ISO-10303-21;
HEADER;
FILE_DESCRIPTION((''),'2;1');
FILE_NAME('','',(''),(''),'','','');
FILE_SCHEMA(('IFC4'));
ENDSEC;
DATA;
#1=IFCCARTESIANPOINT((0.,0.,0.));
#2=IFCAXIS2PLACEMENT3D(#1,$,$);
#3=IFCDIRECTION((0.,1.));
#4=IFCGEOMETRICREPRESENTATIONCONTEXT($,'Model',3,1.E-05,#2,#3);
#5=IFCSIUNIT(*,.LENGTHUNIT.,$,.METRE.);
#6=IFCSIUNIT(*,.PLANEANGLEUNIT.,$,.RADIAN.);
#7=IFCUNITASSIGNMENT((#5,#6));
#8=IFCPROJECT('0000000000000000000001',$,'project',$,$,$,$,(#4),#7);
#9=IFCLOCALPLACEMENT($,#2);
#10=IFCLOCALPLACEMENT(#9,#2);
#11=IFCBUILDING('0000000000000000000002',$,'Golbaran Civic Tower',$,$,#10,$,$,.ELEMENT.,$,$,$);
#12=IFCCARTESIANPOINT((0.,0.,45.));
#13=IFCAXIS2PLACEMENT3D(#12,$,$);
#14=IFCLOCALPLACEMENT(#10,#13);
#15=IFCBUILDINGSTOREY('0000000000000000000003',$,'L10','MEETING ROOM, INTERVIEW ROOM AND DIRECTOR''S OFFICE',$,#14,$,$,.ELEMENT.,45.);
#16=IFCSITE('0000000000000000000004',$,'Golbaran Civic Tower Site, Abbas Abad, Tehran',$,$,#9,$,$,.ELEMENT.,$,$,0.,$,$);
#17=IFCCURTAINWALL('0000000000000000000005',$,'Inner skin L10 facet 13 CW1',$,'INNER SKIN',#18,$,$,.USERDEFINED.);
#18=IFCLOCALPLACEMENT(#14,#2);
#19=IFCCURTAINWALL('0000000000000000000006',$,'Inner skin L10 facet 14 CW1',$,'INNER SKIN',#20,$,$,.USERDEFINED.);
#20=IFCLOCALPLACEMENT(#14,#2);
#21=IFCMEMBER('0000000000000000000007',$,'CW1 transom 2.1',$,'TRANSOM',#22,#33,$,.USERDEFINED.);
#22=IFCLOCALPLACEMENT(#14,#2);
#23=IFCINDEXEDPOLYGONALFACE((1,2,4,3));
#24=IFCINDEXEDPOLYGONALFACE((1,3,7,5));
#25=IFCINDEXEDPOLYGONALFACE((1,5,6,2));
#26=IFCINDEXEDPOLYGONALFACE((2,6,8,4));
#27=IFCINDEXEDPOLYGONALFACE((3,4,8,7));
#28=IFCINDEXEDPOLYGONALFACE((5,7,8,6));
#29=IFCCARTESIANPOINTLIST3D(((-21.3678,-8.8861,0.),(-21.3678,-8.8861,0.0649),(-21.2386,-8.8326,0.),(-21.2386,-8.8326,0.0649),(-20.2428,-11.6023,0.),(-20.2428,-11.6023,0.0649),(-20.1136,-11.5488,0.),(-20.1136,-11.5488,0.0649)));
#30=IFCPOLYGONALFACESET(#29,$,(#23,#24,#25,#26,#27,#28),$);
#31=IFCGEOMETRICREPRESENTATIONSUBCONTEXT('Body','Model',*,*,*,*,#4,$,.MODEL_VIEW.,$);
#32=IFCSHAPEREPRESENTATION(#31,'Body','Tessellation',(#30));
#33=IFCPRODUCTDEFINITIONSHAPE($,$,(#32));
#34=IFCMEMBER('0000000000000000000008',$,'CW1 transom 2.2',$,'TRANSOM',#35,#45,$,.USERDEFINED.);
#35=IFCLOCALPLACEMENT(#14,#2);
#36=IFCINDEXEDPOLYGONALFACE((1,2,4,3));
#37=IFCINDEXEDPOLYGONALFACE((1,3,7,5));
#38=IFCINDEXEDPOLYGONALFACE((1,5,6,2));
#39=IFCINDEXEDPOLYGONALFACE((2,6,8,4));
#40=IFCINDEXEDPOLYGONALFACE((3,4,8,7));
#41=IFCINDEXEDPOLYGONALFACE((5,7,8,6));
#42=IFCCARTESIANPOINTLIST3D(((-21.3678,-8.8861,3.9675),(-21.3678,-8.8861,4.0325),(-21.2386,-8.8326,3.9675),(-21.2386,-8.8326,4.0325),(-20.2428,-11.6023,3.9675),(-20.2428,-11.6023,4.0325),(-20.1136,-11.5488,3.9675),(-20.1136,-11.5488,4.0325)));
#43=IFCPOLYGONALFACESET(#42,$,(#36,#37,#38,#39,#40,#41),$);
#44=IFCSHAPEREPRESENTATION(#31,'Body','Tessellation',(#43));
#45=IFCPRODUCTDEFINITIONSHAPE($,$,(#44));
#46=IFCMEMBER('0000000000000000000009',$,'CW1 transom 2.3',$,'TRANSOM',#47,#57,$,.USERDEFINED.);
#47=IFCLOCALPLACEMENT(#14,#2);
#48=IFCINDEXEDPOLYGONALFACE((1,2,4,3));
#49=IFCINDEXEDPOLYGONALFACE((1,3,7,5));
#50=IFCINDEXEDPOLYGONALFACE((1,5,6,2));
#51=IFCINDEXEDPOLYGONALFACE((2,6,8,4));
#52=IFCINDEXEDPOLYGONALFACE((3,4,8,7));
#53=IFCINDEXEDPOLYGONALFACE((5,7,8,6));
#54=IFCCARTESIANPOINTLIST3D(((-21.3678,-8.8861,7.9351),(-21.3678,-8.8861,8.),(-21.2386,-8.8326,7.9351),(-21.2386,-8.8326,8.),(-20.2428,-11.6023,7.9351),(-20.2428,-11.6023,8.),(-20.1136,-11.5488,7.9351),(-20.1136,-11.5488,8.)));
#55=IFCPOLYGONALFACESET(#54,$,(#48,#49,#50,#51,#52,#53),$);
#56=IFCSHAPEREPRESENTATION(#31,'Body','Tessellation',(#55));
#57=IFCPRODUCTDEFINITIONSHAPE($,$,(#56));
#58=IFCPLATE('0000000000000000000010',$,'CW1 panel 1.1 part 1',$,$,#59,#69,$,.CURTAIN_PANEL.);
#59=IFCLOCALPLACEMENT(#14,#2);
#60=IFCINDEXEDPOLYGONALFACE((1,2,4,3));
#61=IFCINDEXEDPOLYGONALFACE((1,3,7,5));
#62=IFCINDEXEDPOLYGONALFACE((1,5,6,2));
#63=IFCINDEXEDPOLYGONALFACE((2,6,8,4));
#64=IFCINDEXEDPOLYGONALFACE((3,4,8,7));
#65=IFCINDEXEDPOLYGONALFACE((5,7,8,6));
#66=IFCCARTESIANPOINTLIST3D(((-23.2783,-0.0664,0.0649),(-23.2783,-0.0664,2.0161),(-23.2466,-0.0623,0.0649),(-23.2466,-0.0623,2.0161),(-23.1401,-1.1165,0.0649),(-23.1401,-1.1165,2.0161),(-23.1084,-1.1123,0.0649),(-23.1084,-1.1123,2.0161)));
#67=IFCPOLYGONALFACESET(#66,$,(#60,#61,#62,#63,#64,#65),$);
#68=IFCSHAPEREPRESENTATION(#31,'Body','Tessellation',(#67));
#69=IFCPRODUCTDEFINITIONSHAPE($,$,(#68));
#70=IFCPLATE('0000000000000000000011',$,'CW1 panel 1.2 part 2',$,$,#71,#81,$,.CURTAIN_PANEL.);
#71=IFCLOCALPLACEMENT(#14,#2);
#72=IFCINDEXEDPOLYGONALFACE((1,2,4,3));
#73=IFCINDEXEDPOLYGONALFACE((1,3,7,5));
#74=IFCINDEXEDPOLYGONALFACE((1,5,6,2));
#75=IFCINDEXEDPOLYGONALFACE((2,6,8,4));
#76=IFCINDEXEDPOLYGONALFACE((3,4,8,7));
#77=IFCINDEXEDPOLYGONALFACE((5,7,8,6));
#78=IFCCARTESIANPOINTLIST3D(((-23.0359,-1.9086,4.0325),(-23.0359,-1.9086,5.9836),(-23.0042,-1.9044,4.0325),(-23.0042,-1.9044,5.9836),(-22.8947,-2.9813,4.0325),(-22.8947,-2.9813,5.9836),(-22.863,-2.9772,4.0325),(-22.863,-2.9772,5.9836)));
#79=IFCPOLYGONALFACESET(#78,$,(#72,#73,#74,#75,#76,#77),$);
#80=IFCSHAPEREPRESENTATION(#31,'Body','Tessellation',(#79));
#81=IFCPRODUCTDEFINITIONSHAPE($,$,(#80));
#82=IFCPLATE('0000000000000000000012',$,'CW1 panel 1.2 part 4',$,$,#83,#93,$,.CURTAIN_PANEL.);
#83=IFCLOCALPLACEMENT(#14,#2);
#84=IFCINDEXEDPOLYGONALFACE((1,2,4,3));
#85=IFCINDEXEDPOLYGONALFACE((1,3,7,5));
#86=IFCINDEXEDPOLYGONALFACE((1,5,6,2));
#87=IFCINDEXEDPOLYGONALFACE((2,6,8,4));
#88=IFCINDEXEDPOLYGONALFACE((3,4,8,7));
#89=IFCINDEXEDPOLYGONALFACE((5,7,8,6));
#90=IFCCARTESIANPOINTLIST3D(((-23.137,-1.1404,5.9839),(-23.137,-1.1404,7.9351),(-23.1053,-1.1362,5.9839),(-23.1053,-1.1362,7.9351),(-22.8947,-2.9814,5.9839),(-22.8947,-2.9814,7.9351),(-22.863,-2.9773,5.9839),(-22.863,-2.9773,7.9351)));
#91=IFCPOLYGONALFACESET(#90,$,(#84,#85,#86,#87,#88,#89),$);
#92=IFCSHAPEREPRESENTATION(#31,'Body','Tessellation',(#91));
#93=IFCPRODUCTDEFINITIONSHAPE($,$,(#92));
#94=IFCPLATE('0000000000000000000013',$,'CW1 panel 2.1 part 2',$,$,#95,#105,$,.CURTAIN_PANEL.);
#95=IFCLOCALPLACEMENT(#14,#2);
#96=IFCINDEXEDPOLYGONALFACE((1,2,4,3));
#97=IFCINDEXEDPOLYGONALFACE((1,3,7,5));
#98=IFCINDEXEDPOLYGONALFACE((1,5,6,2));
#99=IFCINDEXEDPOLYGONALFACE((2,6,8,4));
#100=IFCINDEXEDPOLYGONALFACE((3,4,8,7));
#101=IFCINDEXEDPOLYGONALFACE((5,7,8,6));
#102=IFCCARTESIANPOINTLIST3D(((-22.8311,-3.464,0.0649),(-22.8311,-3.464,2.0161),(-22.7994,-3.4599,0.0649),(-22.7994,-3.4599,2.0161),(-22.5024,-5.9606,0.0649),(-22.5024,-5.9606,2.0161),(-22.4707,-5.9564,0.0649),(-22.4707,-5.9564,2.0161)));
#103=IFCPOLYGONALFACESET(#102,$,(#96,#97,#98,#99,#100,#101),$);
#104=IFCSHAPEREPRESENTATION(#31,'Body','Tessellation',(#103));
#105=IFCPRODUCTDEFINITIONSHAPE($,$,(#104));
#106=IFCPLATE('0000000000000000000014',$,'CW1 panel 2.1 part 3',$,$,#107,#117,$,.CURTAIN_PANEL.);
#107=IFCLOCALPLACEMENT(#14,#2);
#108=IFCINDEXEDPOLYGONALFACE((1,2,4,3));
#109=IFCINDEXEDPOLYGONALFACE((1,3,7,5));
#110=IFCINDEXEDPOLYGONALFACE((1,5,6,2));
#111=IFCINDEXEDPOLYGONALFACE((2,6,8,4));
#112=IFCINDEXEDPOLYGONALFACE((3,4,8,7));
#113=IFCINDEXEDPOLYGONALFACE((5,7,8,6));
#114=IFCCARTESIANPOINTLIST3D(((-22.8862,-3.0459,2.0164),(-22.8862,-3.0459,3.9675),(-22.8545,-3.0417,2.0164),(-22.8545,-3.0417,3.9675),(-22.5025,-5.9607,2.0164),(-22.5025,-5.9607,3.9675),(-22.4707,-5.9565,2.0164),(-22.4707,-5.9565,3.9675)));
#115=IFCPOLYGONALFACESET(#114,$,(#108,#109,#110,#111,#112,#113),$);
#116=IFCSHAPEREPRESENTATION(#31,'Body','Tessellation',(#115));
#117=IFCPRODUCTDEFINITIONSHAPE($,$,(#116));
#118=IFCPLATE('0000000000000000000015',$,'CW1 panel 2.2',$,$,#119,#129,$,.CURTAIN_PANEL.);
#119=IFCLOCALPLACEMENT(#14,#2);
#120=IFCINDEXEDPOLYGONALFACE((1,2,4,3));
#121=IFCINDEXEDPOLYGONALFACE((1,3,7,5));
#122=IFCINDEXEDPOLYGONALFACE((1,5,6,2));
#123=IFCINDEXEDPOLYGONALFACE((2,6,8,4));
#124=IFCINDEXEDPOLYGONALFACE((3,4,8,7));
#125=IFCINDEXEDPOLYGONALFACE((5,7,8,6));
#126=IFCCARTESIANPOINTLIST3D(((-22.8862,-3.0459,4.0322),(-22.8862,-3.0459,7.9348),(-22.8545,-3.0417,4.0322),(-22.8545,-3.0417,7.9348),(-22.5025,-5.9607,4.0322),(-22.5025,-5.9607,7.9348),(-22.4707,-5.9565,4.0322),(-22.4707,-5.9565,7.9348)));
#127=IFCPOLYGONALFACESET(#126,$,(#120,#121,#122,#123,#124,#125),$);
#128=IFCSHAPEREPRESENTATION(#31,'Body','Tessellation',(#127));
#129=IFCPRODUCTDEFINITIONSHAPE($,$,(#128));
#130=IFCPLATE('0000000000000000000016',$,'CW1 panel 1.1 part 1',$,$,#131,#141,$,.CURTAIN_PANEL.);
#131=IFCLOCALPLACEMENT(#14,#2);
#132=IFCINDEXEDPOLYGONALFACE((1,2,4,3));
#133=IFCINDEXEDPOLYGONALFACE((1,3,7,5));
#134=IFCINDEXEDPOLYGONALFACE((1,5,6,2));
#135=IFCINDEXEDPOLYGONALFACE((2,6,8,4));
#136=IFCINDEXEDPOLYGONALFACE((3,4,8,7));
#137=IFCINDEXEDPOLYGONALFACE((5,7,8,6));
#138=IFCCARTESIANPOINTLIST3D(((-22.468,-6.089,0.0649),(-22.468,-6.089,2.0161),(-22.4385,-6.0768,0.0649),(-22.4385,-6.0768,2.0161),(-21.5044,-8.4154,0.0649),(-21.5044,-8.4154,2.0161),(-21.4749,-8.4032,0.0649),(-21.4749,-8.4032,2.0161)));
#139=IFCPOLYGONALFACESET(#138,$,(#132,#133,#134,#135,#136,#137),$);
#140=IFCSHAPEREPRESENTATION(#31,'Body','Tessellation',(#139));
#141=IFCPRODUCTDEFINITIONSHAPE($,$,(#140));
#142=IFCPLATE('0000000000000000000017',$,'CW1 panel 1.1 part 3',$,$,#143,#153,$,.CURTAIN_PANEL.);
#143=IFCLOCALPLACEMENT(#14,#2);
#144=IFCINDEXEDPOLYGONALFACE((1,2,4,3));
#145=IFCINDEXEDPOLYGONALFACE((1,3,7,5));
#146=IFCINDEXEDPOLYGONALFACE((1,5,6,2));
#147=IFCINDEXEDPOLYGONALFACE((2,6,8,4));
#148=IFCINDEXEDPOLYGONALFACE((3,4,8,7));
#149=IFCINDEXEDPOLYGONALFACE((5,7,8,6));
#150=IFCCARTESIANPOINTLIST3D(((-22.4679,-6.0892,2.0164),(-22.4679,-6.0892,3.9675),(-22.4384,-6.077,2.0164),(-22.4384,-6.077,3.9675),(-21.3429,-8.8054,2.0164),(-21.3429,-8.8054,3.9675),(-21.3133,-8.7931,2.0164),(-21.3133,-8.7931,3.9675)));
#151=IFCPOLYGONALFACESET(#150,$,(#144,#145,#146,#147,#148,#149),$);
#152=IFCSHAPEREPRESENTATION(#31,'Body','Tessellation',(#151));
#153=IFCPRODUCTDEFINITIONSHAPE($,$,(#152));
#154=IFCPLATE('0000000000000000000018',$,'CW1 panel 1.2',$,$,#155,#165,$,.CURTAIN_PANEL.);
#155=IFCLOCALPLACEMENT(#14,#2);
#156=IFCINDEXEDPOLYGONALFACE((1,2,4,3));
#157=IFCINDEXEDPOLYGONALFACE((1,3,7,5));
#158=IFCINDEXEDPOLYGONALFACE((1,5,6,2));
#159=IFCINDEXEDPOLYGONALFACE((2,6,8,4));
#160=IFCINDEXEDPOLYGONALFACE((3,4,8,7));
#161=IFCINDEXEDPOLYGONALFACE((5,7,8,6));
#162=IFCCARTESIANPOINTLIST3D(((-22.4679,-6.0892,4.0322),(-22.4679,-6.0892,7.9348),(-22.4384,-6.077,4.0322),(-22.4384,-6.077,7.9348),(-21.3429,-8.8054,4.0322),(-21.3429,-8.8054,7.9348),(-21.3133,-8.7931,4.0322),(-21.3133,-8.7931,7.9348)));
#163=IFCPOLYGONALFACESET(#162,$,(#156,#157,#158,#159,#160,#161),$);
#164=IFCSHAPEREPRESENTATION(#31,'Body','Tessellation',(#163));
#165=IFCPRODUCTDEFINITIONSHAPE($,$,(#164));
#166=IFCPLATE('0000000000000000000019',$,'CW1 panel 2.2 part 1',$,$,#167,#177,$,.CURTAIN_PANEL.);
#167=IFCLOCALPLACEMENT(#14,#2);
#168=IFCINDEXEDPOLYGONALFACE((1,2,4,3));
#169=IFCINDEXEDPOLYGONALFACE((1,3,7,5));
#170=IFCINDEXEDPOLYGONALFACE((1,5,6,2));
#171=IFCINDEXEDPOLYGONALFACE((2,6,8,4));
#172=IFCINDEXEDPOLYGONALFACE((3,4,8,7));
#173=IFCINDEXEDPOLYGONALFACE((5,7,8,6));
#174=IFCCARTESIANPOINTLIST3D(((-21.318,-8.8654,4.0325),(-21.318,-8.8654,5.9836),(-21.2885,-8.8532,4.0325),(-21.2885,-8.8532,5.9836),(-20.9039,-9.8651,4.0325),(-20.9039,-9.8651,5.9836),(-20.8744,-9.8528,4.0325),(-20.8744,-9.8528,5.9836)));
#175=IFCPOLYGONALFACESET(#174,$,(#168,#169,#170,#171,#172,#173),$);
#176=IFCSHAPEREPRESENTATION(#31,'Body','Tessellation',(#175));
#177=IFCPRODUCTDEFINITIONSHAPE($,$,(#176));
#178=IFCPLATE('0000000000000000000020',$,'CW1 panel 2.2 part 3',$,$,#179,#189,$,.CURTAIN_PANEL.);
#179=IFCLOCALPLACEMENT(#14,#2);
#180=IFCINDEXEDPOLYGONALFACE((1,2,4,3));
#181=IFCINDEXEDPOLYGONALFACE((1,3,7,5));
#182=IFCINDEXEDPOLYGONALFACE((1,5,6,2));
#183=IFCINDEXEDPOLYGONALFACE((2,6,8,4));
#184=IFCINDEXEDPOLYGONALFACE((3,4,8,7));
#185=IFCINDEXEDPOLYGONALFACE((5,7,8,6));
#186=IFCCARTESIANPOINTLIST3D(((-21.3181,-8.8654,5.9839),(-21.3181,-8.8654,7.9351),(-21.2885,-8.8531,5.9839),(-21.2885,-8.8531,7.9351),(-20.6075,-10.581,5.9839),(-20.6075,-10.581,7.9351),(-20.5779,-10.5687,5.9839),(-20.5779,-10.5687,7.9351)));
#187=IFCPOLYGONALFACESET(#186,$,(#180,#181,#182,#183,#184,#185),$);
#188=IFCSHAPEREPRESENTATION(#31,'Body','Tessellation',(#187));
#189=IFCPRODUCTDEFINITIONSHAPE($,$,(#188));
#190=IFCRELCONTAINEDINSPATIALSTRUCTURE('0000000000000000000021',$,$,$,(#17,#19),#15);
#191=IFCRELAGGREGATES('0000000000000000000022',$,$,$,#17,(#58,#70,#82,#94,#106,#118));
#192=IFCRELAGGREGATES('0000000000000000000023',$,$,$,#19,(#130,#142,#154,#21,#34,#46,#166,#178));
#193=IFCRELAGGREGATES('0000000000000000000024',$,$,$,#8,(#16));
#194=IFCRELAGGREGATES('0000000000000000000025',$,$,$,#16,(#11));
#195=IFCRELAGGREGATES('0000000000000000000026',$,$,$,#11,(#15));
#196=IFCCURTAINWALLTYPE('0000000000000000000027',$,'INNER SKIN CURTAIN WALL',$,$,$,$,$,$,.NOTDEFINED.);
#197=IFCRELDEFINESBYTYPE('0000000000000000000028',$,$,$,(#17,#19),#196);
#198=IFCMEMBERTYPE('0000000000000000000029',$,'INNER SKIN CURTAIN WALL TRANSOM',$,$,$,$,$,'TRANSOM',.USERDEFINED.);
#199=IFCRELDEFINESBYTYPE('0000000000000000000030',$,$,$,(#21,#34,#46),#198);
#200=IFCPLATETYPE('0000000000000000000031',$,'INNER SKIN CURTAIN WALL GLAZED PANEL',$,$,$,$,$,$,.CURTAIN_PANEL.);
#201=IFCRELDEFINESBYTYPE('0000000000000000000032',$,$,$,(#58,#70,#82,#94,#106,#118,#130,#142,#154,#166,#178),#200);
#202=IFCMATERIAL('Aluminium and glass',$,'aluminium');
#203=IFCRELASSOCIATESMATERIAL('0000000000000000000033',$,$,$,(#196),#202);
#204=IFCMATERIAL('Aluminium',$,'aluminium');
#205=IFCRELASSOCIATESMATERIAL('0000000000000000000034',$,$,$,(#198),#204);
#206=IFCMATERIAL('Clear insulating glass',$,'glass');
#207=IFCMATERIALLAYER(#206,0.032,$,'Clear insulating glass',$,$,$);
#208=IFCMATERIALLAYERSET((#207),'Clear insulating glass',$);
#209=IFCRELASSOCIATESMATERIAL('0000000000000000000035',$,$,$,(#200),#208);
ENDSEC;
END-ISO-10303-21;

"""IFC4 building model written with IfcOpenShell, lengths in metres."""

from ifc_helpers import new_model, si_unit, direction, frame, origin, origin_2d, place, context, subcontext, project, spatial, rectangle, extrude, material, layer, layer_set, material_profile, profile_set, type_object, element, aggregate, save


model = new_model("IFC4")

# Units and contexts
model_context = context("Model", 3, precision=1e-05, world=origin(), true_north=direction((0.0, 1.0)))
body_context = subcontext(model_context, "Body", "Model", "MODEL_VIEW")
ifc_project = project(units=[si_unit("LENGTHUNIT", "METRE"), si_unit("PLANEANGLEUNIT", "RADIAN")], contexts=[model_context])

# Site, building, storey
site_placement = place(None, origin())
site = spatial("IfcSite", under=ifc_project, at=site_placement, Name="Golbaran Civic Tower Site, Abbas Abad, Tehran", CompositionType="ELEMENT", RefElevation=0.0)
building_placement = place(site_placement, origin())
building = spatial("IfcBuilding", under=site, at=building_placement, Name="Golbaran Civic Tower", CompositionType="ELEMENT")
storey_placement = place(building_placement, frame((0.0, 0.0, 45.0)))
storey = spatial("IfcBuildingStorey", under=building, at=storey_placement, Name="L10", Description="MEETING ROOM, INTERVIEW ROOM AND DIRECTOR'S OFFICE", CompositionType="ELEMENT", Elevation=45.0)

# Curtain walls
ifc_material_1 = material(Name="Aluminium and glass", Category="aluminium")
curtain_wall_type = type_object("IfcCurtainWallType", Name="INNER SKIN CURTAIN WALL", PredefinedType="NOTDEFINED", material=ifc_material_1)
curtain_wall_1_placement = place(storey_placement, origin())
curtain_wall_1 = element("IfcCurtainWall", 1, at=curtain_wall_1_placement, inside=storey, type_object=curtain_wall_type, Name="Inner skin L10 facet 13 CW1", ObjectType="INNER SKIN", PredefinedType="USERDEFINED")
ifc_material_2 = material(Name="Aluminium", Category="aluminium")
curtain_wall_2_placement = place(storey_placement, origin())
curtain_wall_2 = element("IfcCurtainWall", 2, at=curtain_wall_2_placement, inside=storey, type_object=curtain_wall_type, Name="Inner skin L10 facet 14 CW1", ObjectType="INNER SKIN", PredefinedType="USERDEFINED")

# Members
ifc_material_profile_1 = material_profile(ifc_material_2, rectangle(XDim=0.1399, YDim=0.0649, at=origin_2d()), Name="INNER SKIN CURTAIN WALL TRANSOM")
ifc_profile_set_1 = profile_set([ifc_material_profile_1], Name="Aluminium")
member_type_1 = type_object("IfcMemberType", Name="INNER SKIN CURTAIN WALL TRANSOM", ElementType="TRANSOM", PredefinedType="USERDEFINED", material=ifc_profile_set_1)
member_1_placement = place(storey_placement, frame((-21.3032, -8.8594, 0.0325), z_axis=(0.382675, -0.923883, 0.0), x_axis=(0.923883, 0.382675, 0.0)))
member_1 = element("IfcMember", 3, at=member_1_placement, type_object=member_type_1, Name="CW1 transom 2.1", ObjectType="TRANSOM", PredefinedType="USERDEFINED", context=body_context, shape_type="SweptSolid", body=[
    extrude(rectangle(XDim=0.1399, YDim=0.0649, at=origin_2d()), origin(), (0.0, 0.0, 1.0), 2.9399),
])
member_2_placement = place(storey_placement, frame((-21.3032, -8.8594, 4.0), z_axis=(0.382675, -0.923883, 0.0), x_axis=(0.923883, 0.382675, 0.0)))
member_2 = element("IfcMember", 4, at=member_2_placement, type_object=member_type_1, Name="CW1 transom 2.2", ObjectType="TRANSOM", PredefinedType="USERDEFINED", context=body_context, shape_type="SweptSolid", body=[
    extrude(rectangle(XDim=0.1399, YDim=0.0649, at=origin_2d()), origin(), (0.0, 0.0, 1.0), 2.9399),
])
member_3_placement = place(storey_placement, frame((-21.3032, -8.8594, 7.9675), z_axis=(0.382675, -0.923883, 0.0), x_axis=(0.923883, 0.382675, 0.0)))
member_3 = element("IfcMember", 5, at=member_3_placement, type_object=member_type_1, Name="CW1 transom 2.3", ObjectType="TRANSOM", PredefinedType="USERDEFINED", context=body_context, shape_type="SweptSolid", body=[
    extrude(rectangle(XDim=0.1399, YDim=0.0649, at=origin_2d()), origin(), (0.0, 0.0, 1.0), 2.9399),
])

# Plates
ifc_material_3 = material(Name="Clear insulating glass", Category="glass")
ifc_layer_1 = layer(ifc_material_3, 0.032, Name="Clear insulating glass")
ifc_layer_set_1 = layer_set([ifc_layer_1], Name="Clear insulating glass")
plate_type_1 = type_object("IfcPlateType", Name="INNER SKIN CURTAIN WALL GLAZED PANEL", PredefinedType="CURTAIN_PANEL", material=ifc_layer_set_1)
plate_1_placement = place(storey_placement, frame((-23.1934, -0.5894, 0.0649), z_axis=(0.0, 0.0, 1.0), x_axis=(0.130526, -0.991445, 0.0)))
plate_1 = element("IfcPlate", 6, at=plate_1_placement, type_object=plate_type_1, Name="CW1 panel 1.1 part 1", PredefinedType="CURTAIN_PANEL", context=body_context, shape_type="SweptSolid", body=[
    extrude(rectangle(XDim=1.0591, YDim=0.032, at=origin_2d()), origin(), (0.0, 0.0, 1.0), 1.9512),
])
plate_2_placement = place(storey_placement, frame((-22.9495, -2.4429, 4.0325), z_axis=(0.0, 0.0, 1.0), x_axis=(0.130526, -0.991445, 0.0)))
plate_2 = element("IfcPlate", 7, at=plate_2_placement, type_object=plate_type_1, Name="CW1 panel 1.2 part 2", PredefinedType="CURTAIN_PANEL", context=body_context, shape_type="SweptSolid", body=[
    extrude(rectangle(XDim=1.082, YDim=0.032, at=origin_2d()), origin(), (0.0, 0.0, 1.0), 1.9512),
])
plate_3_placement = place(storey_placement, frame((-23.0, -2.0588, 5.9839), z_axis=(0.0, 0.0, 1.0), x_axis=(0.130526, -0.991445, 0.0)))
plate_3 = element("IfcPlate", 8, at=plate_3_placement, type_object=plate_type_1, Name="CW1 panel 1.2 part 4", PredefinedType="CURTAIN_PANEL", context=body_context, shape_type="SweptSolid", body=[
    extrude(rectangle(XDim=1.8569, YDim=0.032, at=origin_2d()), origin(), (0.0, 0.0, 1.0), 1.9512),
])
plate_4_placement = place(storey_placement, frame((-22.6509, -4.7102, 0.0649), z_axis=(0.0, 0.0, 1.0), x_axis=(0.130526, -0.991445, 0.0)))
plate_4 = element("IfcPlate", 9, at=plate_4_placement, type_object=plate_type_1, Name="CW1 panel 2.1 part 2", PredefinedType="CURTAIN_PANEL", context=body_context, shape_type="SweptSolid", body=[
    extrude(rectangle(XDim=2.5181, YDim=0.032, at=origin_2d()), origin(), (0.0, 0.0, 1.0), 1.9512),
])
plate_5_placement = place(storey_placement, frame((-22.6785, -4.5012, 2.0164), z_axis=(0.0, 0.0, 1.0), x_axis=(0.130526, -0.991445, 0.0)))
plate_5 = element("IfcPlate", 10, at=plate_5_placement, type_object=plate_type_1, Name="CW1 panel 2.1 part 3", PredefinedType="CURTAIN_PANEL", context=body_context, shape_type="SweptSolid", body=[
    extrude(rectangle(XDim=2.9399, YDim=0.032, at=origin_2d()), origin(), (0.0, 0.0, 1.0), 1.9512),
])
plate_6_placement = place(storey_placement, frame((-22.6785, -4.5012, 4.0322), z_axis=(0.0, 0.0, 1.0), x_axis=(0.130526, -0.991445, 0.0)))
plate_6 = element("IfcPlate", 11, at=plate_6_placement, type_object=plate_type_1, Name="CW1 panel 2.2", PredefinedType="CURTAIN_PANEL", context=body_context, shape_type="SweptSolid", body=[
    extrude(rectangle(XDim=2.9399, YDim=0.032, at=origin_2d()), origin(), (0.0, 0.0, 1.0), 3.9026),
])
plate_7_placement = place(storey_placement, frame((-21.9714, -7.2461, 0.0649), z_axis=(0.0, 0.0, 1.0), x_axis=(0.382683, -0.92388, 0.0)))
plate_7 = element("IfcPlate", 12, at=plate_7_placement, type_object=plate_type_1, Name="CW1 panel 1.1 part 1", PredefinedType="CURTAIN_PANEL", context=body_context, shape_type="SweptSolid", body=[
    extrude(rectangle(XDim=2.5181, YDim=0.032, at=origin_2d()), origin(), (0.0, 0.0, 1.0), 1.9512),
])
plate_8_placement = place(storey_placement, frame((-21.8906, -7.4412, 2.0164), z_axis=(0.0, 0.0, 1.0), x_axis=(0.382683, -0.92388, 0.0)))
plate_8 = element("IfcPlate", 13, at=plate_8_placement, type_object=plate_type_1, Name="CW1 panel 1.1 part 3", PredefinedType="CURTAIN_PANEL", context=body_context, shape_type="SweptSolid", body=[
    extrude(rectangle(XDim=2.9399, YDim=0.032, at=origin_2d()), origin(), (0.0, 0.0, 1.0), 1.9512),
])
plate_9_placement = place(storey_placement, frame((-21.8906, -7.4412, 4.0322), z_axis=(0.0, 0.0, 1.0), x_axis=(0.382683, -0.92388, 0.0)))
plate_9 = element("IfcPlate", 14, at=plate_9_placement, type_object=plate_type_1, Name="CW1 panel 1.2", PredefinedType="CURTAIN_PANEL", context=body_context, shape_type="SweptSolid", body=[
    extrude(rectangle(XDim=2.9399, YDim=0.032, at=origin_2d()), origin(), (0.0, 0.0, 1.0), 3.9026),
])
plate_10_placement = place(storey_placement, frame((-21.0962, -9.3591, 4.0325), z_axis=(0.0, 0.0, 1.0), x_axis=(0.382683, -0.92388, 0.0)))
plate_10 = element("IfcPlate", 15, at=plate_10_placement, type_object=plate_type_1, Name="CW1 panel 2.2 part 1", PredefinedType="CURTAIN_PANEL", context=body_context, shape_type="SweptSolid", body=[
    extrude(rectangle(XDim=1.082, YDim=0.032, at=origin_2d()), origin(), (0.0, 0.0, 1.0), 1.9512),
])
plate_11_placement = place(storey_placement, frame((-20.948, -9.717, 5.9839), z_axis=(0.0, 0.0, 1.0), x_axis=(0.382683, -0.92388, 0.0)))
plate_11 = element("IfcPlate", 16, at=plate_11_placement, type_object=plate_type_1, Name="CW1 panel 2.2 part 3", PredefinedType="CURTAIN_PANEL", context=body_context, shape_type="SweptSolid", body=[
    extrude(rectangle(XDim=1.8569, YDim=0.032, at=origin_2d()), origin(), (0.0, 0.0, 1.0), 1.9512),
])
aggregate(curtain_wall_1, [plate_1, plate_2, plate_3, plate_4, plate_5, plate_6])
aggregate(curtain_wall_2, [plate_7, plate_8, plate_9, member_1, member_2, member_3, plate_10, plate_11])

save(model, "model.ifc")
